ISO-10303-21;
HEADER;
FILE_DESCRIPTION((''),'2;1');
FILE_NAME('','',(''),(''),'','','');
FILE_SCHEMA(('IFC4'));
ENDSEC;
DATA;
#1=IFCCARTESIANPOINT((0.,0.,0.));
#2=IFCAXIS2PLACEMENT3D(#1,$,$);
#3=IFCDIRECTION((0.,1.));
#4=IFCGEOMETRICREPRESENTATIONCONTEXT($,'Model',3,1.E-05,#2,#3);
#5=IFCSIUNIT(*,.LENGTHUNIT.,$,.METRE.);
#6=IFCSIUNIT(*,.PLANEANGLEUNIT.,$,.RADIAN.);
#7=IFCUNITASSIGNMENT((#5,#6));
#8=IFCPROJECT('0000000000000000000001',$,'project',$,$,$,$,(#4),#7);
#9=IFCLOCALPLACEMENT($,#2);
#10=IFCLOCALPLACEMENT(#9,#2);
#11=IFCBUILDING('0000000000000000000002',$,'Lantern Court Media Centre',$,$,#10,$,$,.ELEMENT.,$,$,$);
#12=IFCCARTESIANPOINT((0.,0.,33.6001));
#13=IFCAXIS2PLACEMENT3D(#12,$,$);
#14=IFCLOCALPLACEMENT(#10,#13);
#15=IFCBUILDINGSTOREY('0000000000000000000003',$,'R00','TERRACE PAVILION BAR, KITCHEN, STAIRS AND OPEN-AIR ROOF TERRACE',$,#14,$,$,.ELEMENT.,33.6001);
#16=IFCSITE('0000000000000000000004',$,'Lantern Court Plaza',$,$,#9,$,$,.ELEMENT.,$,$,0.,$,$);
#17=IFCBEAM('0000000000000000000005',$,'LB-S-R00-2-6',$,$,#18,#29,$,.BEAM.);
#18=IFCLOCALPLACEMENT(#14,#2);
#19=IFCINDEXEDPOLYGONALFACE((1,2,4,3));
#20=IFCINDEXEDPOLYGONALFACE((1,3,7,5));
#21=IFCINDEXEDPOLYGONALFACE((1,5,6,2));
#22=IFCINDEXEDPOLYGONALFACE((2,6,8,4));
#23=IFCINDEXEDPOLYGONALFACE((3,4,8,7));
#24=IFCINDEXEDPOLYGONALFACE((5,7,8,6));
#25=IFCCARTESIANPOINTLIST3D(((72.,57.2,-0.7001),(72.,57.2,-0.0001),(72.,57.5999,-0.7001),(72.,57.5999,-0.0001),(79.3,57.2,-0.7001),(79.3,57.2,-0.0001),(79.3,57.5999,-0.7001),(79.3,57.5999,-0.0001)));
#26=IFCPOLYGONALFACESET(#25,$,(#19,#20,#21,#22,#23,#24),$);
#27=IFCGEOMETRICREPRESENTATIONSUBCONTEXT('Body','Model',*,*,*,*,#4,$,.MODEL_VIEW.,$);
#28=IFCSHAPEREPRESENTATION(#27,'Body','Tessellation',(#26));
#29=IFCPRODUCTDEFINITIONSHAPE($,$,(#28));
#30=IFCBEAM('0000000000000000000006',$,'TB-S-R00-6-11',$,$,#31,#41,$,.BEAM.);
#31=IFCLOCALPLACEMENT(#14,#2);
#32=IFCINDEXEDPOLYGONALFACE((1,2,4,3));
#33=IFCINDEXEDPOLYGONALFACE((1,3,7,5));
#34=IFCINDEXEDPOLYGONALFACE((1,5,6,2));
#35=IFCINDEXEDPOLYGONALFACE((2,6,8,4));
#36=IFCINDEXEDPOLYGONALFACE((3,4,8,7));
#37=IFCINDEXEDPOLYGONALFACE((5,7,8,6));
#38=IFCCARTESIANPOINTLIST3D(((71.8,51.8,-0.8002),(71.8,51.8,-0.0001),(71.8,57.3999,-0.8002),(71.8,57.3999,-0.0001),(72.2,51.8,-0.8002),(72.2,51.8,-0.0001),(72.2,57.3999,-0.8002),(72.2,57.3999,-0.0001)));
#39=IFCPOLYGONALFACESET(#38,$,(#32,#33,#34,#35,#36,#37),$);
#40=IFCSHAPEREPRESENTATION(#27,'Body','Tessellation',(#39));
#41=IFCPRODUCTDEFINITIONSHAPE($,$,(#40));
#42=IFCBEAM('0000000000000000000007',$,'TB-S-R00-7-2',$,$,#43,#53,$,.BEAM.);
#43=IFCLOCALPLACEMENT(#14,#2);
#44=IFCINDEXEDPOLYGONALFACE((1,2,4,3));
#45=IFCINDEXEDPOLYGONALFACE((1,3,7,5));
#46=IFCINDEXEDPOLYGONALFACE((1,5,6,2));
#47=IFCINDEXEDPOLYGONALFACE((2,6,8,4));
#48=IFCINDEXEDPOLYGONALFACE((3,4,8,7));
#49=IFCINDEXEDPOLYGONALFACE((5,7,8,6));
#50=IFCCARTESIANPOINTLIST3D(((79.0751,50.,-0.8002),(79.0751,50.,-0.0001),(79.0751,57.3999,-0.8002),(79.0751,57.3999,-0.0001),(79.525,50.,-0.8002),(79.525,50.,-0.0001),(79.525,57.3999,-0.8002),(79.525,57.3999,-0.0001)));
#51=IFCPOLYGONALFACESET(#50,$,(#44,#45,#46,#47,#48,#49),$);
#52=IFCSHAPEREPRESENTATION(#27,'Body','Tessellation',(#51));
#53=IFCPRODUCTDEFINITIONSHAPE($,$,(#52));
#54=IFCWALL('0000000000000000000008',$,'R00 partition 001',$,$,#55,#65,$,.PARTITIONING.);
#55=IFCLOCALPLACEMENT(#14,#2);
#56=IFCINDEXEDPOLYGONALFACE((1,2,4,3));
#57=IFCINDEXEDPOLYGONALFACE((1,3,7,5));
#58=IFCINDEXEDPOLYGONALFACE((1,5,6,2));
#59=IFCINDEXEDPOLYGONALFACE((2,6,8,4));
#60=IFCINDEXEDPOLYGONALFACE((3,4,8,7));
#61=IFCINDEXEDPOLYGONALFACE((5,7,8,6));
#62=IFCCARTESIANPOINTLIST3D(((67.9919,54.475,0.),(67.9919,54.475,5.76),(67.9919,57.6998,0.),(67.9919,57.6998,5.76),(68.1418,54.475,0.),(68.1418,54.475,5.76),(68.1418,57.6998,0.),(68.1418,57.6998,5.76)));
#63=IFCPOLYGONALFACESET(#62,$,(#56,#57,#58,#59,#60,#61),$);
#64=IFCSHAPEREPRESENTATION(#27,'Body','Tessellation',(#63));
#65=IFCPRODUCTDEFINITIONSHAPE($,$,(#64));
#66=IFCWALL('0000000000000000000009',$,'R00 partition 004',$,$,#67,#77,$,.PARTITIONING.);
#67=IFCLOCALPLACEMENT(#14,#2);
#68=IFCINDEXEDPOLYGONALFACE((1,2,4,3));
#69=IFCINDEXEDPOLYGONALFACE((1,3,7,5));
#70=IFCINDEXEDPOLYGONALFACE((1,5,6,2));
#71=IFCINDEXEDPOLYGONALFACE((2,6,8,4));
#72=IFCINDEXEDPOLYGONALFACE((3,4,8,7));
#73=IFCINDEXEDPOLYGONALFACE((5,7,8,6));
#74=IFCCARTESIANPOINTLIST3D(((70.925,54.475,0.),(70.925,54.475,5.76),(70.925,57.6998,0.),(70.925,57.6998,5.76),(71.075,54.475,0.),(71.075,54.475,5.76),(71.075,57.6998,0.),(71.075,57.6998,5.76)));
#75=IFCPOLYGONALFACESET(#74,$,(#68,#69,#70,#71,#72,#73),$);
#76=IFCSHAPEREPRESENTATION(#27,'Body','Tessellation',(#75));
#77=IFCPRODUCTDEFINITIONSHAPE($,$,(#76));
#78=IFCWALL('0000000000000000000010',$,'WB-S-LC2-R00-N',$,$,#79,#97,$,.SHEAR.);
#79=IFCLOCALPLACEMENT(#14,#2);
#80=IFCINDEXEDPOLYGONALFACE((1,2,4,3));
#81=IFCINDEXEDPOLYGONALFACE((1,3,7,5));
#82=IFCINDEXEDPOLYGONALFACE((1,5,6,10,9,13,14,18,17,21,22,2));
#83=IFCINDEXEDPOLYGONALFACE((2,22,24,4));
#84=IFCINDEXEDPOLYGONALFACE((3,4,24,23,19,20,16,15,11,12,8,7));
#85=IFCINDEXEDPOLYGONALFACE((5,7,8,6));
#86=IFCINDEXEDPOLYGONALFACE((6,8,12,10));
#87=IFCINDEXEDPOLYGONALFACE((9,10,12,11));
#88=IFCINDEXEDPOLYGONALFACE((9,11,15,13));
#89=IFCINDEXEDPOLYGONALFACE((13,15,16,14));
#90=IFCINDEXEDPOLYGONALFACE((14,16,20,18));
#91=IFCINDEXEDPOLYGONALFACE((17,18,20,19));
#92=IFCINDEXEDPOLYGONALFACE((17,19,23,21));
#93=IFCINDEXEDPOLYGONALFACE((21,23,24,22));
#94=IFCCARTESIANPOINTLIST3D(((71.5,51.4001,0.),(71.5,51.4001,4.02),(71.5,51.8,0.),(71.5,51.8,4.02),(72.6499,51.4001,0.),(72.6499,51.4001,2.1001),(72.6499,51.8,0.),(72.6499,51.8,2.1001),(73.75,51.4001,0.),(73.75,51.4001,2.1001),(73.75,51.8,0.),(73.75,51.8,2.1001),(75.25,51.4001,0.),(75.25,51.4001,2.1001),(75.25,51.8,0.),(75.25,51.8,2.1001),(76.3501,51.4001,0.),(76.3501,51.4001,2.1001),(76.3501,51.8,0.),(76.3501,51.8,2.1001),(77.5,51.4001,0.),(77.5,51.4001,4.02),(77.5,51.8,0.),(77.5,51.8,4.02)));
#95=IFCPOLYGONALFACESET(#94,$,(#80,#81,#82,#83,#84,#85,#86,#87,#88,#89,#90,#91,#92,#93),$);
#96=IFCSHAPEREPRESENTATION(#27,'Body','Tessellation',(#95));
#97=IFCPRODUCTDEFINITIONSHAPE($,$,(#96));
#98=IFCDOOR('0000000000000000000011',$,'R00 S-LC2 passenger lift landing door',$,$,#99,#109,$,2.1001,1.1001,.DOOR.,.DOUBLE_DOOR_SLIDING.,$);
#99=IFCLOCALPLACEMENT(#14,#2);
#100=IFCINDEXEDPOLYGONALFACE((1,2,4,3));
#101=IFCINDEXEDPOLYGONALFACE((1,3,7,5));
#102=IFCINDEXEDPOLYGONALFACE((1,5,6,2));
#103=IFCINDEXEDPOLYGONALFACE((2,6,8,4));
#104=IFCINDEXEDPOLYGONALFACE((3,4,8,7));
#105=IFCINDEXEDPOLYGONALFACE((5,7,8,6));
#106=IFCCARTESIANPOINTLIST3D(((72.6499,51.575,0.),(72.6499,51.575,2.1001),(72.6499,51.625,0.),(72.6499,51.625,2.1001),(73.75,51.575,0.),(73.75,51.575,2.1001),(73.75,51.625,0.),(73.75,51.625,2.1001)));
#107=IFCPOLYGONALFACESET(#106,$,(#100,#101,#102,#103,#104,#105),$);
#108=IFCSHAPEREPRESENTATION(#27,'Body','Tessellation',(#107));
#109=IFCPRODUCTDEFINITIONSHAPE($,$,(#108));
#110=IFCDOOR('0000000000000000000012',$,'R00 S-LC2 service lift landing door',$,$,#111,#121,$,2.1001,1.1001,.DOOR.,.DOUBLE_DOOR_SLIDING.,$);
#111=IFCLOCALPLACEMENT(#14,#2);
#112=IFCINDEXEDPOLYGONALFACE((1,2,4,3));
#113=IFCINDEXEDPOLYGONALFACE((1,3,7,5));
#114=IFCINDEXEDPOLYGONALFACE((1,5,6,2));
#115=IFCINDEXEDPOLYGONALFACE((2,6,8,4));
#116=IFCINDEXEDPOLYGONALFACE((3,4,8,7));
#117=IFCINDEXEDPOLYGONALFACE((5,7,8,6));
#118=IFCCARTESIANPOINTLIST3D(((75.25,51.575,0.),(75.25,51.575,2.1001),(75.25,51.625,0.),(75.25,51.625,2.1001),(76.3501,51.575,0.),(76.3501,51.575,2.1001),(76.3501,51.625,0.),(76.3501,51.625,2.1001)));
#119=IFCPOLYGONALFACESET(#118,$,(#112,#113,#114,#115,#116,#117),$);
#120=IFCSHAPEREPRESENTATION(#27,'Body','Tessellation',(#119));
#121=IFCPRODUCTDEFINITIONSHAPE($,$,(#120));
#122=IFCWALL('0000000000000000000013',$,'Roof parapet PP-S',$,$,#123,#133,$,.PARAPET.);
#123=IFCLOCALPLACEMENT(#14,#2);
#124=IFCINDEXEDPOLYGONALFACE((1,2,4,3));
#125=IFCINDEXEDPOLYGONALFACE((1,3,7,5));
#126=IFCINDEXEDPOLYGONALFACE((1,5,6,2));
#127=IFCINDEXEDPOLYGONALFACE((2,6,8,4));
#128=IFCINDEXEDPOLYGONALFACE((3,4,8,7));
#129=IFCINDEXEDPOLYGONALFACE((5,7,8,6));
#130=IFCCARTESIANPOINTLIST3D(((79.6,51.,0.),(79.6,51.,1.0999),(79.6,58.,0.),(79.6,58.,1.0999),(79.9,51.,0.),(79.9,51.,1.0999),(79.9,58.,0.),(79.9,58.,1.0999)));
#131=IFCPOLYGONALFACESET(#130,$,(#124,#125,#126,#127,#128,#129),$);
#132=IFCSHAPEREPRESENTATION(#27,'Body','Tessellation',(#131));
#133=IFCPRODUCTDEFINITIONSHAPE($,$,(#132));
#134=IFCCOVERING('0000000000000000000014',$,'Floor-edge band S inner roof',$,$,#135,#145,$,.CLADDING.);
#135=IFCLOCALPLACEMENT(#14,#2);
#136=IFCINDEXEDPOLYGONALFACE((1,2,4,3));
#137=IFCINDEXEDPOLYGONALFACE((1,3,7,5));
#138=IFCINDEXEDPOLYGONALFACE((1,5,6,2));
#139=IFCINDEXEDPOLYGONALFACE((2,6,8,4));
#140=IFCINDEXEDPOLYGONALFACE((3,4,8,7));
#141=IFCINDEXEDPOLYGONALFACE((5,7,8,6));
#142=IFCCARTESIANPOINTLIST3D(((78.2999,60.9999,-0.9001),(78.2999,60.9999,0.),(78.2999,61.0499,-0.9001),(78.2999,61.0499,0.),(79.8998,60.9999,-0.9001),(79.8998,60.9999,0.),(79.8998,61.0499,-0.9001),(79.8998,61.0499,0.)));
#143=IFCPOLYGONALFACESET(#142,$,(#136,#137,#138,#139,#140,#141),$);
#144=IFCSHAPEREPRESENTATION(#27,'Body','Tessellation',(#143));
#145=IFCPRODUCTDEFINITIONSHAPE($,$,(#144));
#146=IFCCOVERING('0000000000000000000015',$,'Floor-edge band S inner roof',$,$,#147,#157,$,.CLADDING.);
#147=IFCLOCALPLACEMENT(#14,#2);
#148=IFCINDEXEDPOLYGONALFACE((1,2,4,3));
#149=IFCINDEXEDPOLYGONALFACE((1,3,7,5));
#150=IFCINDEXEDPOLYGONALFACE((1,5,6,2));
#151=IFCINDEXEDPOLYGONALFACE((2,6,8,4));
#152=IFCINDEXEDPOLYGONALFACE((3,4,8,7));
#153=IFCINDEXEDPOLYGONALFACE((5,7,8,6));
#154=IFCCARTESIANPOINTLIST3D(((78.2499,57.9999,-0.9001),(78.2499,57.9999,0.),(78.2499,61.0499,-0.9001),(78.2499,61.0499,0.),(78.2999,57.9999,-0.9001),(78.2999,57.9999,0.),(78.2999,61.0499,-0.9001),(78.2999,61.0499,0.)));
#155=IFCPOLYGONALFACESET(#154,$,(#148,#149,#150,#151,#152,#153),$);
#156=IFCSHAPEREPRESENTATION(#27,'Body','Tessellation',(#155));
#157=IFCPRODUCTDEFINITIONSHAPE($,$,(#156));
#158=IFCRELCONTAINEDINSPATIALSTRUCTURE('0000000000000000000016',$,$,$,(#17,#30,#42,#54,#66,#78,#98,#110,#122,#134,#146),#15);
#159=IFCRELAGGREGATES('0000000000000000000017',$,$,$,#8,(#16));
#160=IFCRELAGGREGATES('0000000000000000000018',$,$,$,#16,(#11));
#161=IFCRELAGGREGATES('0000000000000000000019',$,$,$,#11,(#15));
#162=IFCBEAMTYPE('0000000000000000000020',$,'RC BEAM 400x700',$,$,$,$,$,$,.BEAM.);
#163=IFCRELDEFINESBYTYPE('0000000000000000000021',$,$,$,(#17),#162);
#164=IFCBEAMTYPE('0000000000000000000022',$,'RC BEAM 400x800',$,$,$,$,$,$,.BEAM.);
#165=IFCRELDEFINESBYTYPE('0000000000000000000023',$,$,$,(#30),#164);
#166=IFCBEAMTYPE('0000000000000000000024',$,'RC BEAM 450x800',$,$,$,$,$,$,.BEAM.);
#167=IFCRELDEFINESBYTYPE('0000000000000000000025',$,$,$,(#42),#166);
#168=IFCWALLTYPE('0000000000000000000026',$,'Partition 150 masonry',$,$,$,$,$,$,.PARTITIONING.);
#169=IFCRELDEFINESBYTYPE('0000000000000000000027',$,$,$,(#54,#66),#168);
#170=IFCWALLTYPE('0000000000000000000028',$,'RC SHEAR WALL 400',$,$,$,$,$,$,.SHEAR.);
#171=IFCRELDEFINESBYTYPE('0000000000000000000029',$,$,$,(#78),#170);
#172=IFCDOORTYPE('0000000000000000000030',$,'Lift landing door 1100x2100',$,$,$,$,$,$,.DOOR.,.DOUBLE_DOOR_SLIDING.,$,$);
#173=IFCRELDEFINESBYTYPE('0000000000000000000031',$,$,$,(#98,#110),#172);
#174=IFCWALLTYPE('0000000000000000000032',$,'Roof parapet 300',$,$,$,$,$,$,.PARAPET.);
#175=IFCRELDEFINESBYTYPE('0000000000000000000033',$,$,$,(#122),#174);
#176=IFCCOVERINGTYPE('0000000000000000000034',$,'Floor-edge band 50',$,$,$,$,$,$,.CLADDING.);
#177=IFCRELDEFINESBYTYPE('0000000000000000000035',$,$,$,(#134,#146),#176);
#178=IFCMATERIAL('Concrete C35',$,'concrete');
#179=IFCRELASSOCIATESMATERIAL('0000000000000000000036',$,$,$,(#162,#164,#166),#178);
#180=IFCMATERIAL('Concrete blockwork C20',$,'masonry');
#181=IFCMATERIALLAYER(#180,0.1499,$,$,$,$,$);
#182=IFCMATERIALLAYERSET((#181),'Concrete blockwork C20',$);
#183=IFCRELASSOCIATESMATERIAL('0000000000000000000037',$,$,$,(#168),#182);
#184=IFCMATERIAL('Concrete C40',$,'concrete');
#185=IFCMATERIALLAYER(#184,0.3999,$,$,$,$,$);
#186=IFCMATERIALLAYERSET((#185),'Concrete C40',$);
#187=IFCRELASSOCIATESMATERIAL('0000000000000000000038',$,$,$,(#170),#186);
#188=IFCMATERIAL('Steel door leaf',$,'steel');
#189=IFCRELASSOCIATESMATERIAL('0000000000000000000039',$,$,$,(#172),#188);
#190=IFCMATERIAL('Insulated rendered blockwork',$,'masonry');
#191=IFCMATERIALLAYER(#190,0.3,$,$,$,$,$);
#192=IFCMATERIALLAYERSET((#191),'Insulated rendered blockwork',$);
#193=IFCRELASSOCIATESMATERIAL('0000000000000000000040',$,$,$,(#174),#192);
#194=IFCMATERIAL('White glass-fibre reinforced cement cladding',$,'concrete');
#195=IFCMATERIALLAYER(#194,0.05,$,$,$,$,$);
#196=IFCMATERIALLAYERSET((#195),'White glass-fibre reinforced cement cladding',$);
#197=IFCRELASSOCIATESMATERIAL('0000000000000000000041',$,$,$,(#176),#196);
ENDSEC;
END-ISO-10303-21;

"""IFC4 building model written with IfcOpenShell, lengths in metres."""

from ifc_helpers import new_model, si_unit, direction, frame, frame_2d, origin, origin_2d, place, context, subcontext, project, spatial, rectangle, extrude, material, layer, layer_set, material_profile, profile_set, type_object, element, fill, save


model = new_model("IFC4")

# Units and contexts
model_context = context("Model", 3, precision=1e-05, world=origin(), true_north=direction((0.0, 1.0)))
body_context = subcontext(model_context, "Body", "Model", "MODEL_VIEW")
ifc_project = project(units=[si_unit("LENGTHUNIT", "METRE"), si_unit("PLANEANGLEUNIT", "RADIAN")], contexts=[model_context])

# Site, building, storey
site_placement = place(None, origin())
site = spatial("IfcSite", under=ifc_project, at=site_placement, Name="Lantern Court Plaza", CompositionType="ELEMENT", RefElevation=0.0)
building_placement = place(site_placement, origin())
building = spatial("IfcBuilding", under=site, at=building_placement, Name="Lantern Court Media Centre", CompositionType="ELEMENT")
storey_placement = place(building_placement, frame((0.0, 0.0, 33.6001)))
storey = spatial("IfcBuildingStorey", under=building, at=storey_placement, Name="R00", Description="TERRACE PAVILION BAR, KITCHEN, STAIRS AND OPEN-AIR ROOF TERRACE", CompositionType="ELEMENT", Elevation=33.6001)

# Beams
ifc_material_1 = material(Name="Concrete C35", Category="concrete")
ifc_material_profile_1 = material_profile(ifc_material_1, rectangle(XDim=0.3999, YDim=0.7, at=origin_2d()), Name="RC 400x700")
ifc_profile_set_1 = profile_set([ifc_material_profile_1], Name="Concrete C35")
beam_type_1 = type_object("IfcBeamType", Name="RC BEAM 400x700", PredefinedType="BEAM", material=ifc_profile_set_1)
beam_1_placement = place(storey_placement, frame((72.0, 57.3999, -0.3501), z_axis=(1.0, 0.0, 0.0), x_axis=(0.0, 1.0, 0.0)))
element("IfcBeam", 1, at=beam_1_placement, inside=storey, type_object=beam_type_1, Name="LB-S-R00-2-6", PredefinedType="BEAM", context=body_context, shape_type="SweptSolid", body=[
    extrude(rectangle(XDim=0.3999, YDim=0.7, at=origin_2d()), origin(), (0.0, 0.0, 1.0), 7.3),
])
ifc_material_profile_2 = material_profile(ifc_material_1, rectangle(XDim=0.3999, YDim=0.8, at=origin_2d()), Name="RC 400x800")
ifc_profile_set_2 = profile_set([ifc_material_profile_2], Name="Concrete C35")
beam_type_2 = type_object("IfcBeamType", Name="RC BEAM 400x800", PredefinedType="BEAM", material=ifc_profile_set_2)
beam_2_placement = place(storey_placement, frame((72.0, 51.8, -0.4001), z_axis=(0.0, 1.0, 0.0), x_axis=(-1.0, 0.0, 0.0)))
element("IfcBeam", 2, at=beam_2_placement, inside=storey, type_object=beam_type_2, Name="TB-S-R00-6-11", PredefinedType="BEAM", context=body_context, shape_type="SweptSolid", body=[
    extrude(rectangle(XDim=0.3999, YDim=0.8, at=origin_2d()), origin(), (0.0, 0.0, 1.0), 5.5999),
])
ifc_material_profile_3 = material_profile(ifc_material_1, rectangle(XDim=0.45, YDim=0.8, at=origin_2d()), Name="RC 450x800")
ifc_profile_set_3 = profile_set([ifc_material_profile_3], Name="Concrete C35")
beam_type_3 = type_object("IfcBeamType", Name="RC BEAM 450x800", PredefinedType="BEAM", material=ifc_profile_set_3)
beam_3_placement = place(storey_placement, frame((79.3, 50.0, -0.4001), z_axis=(0.0, 1.0, 0.0), x_axis=(-1.0, 0.0, 0.0)))
element("IfcBeam", 3, at=beam_3_placement, inside=storey, type_object=beam_type_3, Name="TB-S-R00-7-2", PredefinedType="BEAM", context=body_context, shape_type="SweptSolid", body=[
    extrude(rectangle(XDim=0.45, YDim=0.8, at=origin_2d()), origin(), (0.0, 0.0, 1.0), 7.3999),
])

# Walls
ifc_material_2 = material(Name="Concrete blockwork C20", Category="masonry")
ifc_layer_1 = layer(ifc_material_2, 0.1499)
ifc_layer_set_1 = layer_set([ifc_layer_1], Name="Concrete blockwork C20")
wall_type_1 = type_object("IfcWallType", Name="Partition 150 masonry", PredefinedType="PARTITIONING", material=ifc_layer_set_1)
for number, where, z_axis, x_axis, name in (
    (4, (68.0669, 54.4751, 0.0), (0.0, 0.0, 1.0), (0.0, 1.0, 0.0), "R00 partition 001"),
    (5, (71.0, 54.4751, 0.0), (0.0, 0.0, 1.0), (0.0, 1.0, 0.0), "R00 partition 004"),
):
    element("IfcWall", number, at=place(storey_placement, frame(where, z_axis=z_axis, x_axis=x_axis)), inside=storey, type_object=wall_type_1, Name=name, PredefinedType="PARTITIONING", context=body_context, shape_type="SweptSolid", body=[
        extrude(rectangle(XDim=3.2249, YDim=0.1499, at=frame_2d((1.6123, 0.0))), origin(), (0.0, 0.0, 1.0), 5.76),
    ])

# Wall, openings, doors
ifc_material_3 = material(Name="Concrete C40", Category="concrete")
ifc_layer_2 = layer(ifc_material_3, 0.3999)
ifc_layer_set_2 = layer_set([ifc_layer_2], Name="Concrete C40")
wall_type_2 = type_object("IfcWallType", Name="RC SHEAR WALL 400", PredefinedType="SHEAR", material=ifc_layer_set_2)
wall_1_placement = place(storey_placement, frame((71.5, 51.6001, 0.0), z_axis=(0.0, 0.0, 1.0), x_axis=(1.0, 0.0, 0.0)))
wall_1 = element("IfcWall", 6, at=wall_1_placement, inside=storey, type_object=wall_type_2, Name="WB-S-LC2-R00-N", PredefinedType="SHEAR", context=body_context, shape_type="SweptSolid", body=[
    extrude(rectangle(XDim=6.0, YDim=0.3999, at=frame_2d((3.0, 0.0))), origin(), (0.0, 0.0, 1.0), 4.02),
])
opening_1_placement = place(wall_1_placement, frame((1.1499, 0.0, 0.0)))
opening_1 = element("IfcOpeningElement", 7, at=opening_1_placement, cuts=wall_1, PredefinedType="OPENING", context=body_context, shape_type="SweptSolid", body=[
    extrude(rectangle(XDim=1.1001, YDim=2.1001, at=frame_2d((0.55, 1.05))), frame((0.0, 0.21, 0.0), z_axis=(0.0, -1.0, 0.0), x_axis=(1.0, 0.0, 0.0)), (0.0, 0.0, 1.0), 0.4199),
])
opening_2_placement = place(wall_1_placement, frame((3.75, 0.0, 0.0)))
opening_2 = element("IfcOpeningElement", 8, at=opening_2_placement, cuts=wall_1, PredefinedType="OPENING", context=body_context, shape_type="SweptSolid", body=[
    extrude(rectangle(XDim=1.1001, YDim=2.1001, at=frame_2d((0.55, 1.05))), frame((0.0, 0.21, 0.0), z_axis=(0.0, -1.0, 0.0), x_axis=(1.0, 0.0, 0.0)), (0.0, 0.0, 1.0), 0.4199),
])
ifc_material_4 = material(Name="Steel door leaf", Category="steel")
door_type = type_object("IfcDoorType", Name="Lift landing door 1100x2100", OperationType="DOUBLE_DOOR_SLIDING", PredefinedType="DOOR", material=ifc_material_4)
door_1_placement = place(opening_1_placement, origin())
door_1 = element("IfcDoor", 9, at=door_1_placement, inside=storey, type_object=door_type, Name="R00 S-LC2 passenger lift landing door", OperationType="DOUBLE_DOOR_SLIDING", OverallHeight=2.1001, OverallWidth=1.1001, PredefinedType="DOOR", context=body_context, shape_type="SweptSolid", body=[
    extrude(rectangle(XDim=1.1001, YDim=2.1001, at=frame_2d((0.55, 1.05))), frame((0.0, 0.0249, 0.0), z_axis=(0.0, -1.0, 0.0), x_axis=(1.0, 0.0, 0.0)), (0.0, 0.0, 1.0), 0.05),
])
fill(opening_1, door_1)
door_2_placement = place(opening_2_placement, origin())
door_2 = element("IfcDoor", 10, at=door_2_placement, inside=storey, type_object=door_type, Name="R00 S-LC2 service lift landing door", OperationType="DOUBLE_DOOR_SLIDING", OverallHeight=2.1001, OverallWidth=1.1001, PredefinedType="DOOR", context=body_context, shape_type="SweptSolid", body=[
    extrude(rectangle(XDim=1.1001, YDim=2.1001, at=frame_2d((0.55, 1.05))), frame((0.0, 0.0249, 0.0), z_axis=(0.0, -1.0, 0.0), x_axis=(1.0, 0.0, 0.0)), (0.0, 0.0, 1.0), 0.05),
])
fill(opening_2, door_2)

# Wall
ifc_material_5 = material(Name="Insulated rendered blockwork", Category="masonry")
ifc_layer_3 = layer(ifc_material_5, 0.3)
ifc_layer_set_3 = layer_set([ifc_layer_3], Name="Insulated rendered blockwork")
wall_type_3 = type_object("IfcWallType", Name="Roof parapet 300", PredefinedType="PARAPET", material=ifc_layer_set_3)
wall_2_placement = place(storey_placement, frame((79.75, 51.0, 0.0), z_axis=(0.0, 0.0, 1.0), x_axis=(0.0, 1.0, 0.0)))
element("IfcWall", 11, at=wall_2_placement, inside=storey, type_object=wall_type_3, Name="Roof parapet PP-S", PredefinedType="PARAPET", context=body_context, shape_type="SweptSolid", body=[
    extrude(rectangle(XDim=7.0, YDim=0.3, at=frame_2d((3.5, 0.0))), origin(), (0.0, 0.0, 1.0), 1.0999),
])

# Coverings
ifc_material_6 = material(Name="White glass-fibre reinforced cement cladding", Category="concrete")
ifc_layer_4 = layer(ifc_material_6, 0.05)
ifc_layer_set_4 = layer_set([ifc_layer_4], Name="White glass-fibre reinforced cement cladding")
covering_type_1 = type_object("IfcCoveringType", Name="Floor-edge band 50", PredefinedType="CLADDING", material=ifc_layer_set_4)
covering_1_placement = place(storey_placement, frame((78.3, 61.0249, -0.9001), z_axis=(0.0, 0.0, 1.0), x_axis=(1.0, 0.0, 0.0)))
element("IfcCovering", 12, at=covering_1_placement, inside=storey, type_object=covering_type_1, Name="Floor-edge band S inner roof", PredefinedType="CLADDING", context=body_context, shape_type="SweptSolid", body=[
    extrude(rectangle(XDim=1.5999, YDim=0.05, at=frame_2d((0.7998, 0.0))), origin(), (0.0, 0.0, 1.0), 0.9001),
])
covering_2_placement = place(storey_placement, frame((78.2749, 58.0, -0.9001), z_axis=(0.0, 0.0, 1.0), x_axis=(0.0, 1.0, 0.0)))
element("IfcCovering", 13, at=covering_2_placement, inside=storey, type_object=covering_type_1, Name="Floor-edge band S inner roof", PredefinedType="CLADDING", context=body_context, shape_type="SweptSolid", body=[
    extrude(rectangle(XDim=3.05, YDim=0.05, at=frame_2d((1.5249, 0.0))), origin(), (0.0, 0.0, 1.0), 0.9001),
])

save(model, "model.ifc")
